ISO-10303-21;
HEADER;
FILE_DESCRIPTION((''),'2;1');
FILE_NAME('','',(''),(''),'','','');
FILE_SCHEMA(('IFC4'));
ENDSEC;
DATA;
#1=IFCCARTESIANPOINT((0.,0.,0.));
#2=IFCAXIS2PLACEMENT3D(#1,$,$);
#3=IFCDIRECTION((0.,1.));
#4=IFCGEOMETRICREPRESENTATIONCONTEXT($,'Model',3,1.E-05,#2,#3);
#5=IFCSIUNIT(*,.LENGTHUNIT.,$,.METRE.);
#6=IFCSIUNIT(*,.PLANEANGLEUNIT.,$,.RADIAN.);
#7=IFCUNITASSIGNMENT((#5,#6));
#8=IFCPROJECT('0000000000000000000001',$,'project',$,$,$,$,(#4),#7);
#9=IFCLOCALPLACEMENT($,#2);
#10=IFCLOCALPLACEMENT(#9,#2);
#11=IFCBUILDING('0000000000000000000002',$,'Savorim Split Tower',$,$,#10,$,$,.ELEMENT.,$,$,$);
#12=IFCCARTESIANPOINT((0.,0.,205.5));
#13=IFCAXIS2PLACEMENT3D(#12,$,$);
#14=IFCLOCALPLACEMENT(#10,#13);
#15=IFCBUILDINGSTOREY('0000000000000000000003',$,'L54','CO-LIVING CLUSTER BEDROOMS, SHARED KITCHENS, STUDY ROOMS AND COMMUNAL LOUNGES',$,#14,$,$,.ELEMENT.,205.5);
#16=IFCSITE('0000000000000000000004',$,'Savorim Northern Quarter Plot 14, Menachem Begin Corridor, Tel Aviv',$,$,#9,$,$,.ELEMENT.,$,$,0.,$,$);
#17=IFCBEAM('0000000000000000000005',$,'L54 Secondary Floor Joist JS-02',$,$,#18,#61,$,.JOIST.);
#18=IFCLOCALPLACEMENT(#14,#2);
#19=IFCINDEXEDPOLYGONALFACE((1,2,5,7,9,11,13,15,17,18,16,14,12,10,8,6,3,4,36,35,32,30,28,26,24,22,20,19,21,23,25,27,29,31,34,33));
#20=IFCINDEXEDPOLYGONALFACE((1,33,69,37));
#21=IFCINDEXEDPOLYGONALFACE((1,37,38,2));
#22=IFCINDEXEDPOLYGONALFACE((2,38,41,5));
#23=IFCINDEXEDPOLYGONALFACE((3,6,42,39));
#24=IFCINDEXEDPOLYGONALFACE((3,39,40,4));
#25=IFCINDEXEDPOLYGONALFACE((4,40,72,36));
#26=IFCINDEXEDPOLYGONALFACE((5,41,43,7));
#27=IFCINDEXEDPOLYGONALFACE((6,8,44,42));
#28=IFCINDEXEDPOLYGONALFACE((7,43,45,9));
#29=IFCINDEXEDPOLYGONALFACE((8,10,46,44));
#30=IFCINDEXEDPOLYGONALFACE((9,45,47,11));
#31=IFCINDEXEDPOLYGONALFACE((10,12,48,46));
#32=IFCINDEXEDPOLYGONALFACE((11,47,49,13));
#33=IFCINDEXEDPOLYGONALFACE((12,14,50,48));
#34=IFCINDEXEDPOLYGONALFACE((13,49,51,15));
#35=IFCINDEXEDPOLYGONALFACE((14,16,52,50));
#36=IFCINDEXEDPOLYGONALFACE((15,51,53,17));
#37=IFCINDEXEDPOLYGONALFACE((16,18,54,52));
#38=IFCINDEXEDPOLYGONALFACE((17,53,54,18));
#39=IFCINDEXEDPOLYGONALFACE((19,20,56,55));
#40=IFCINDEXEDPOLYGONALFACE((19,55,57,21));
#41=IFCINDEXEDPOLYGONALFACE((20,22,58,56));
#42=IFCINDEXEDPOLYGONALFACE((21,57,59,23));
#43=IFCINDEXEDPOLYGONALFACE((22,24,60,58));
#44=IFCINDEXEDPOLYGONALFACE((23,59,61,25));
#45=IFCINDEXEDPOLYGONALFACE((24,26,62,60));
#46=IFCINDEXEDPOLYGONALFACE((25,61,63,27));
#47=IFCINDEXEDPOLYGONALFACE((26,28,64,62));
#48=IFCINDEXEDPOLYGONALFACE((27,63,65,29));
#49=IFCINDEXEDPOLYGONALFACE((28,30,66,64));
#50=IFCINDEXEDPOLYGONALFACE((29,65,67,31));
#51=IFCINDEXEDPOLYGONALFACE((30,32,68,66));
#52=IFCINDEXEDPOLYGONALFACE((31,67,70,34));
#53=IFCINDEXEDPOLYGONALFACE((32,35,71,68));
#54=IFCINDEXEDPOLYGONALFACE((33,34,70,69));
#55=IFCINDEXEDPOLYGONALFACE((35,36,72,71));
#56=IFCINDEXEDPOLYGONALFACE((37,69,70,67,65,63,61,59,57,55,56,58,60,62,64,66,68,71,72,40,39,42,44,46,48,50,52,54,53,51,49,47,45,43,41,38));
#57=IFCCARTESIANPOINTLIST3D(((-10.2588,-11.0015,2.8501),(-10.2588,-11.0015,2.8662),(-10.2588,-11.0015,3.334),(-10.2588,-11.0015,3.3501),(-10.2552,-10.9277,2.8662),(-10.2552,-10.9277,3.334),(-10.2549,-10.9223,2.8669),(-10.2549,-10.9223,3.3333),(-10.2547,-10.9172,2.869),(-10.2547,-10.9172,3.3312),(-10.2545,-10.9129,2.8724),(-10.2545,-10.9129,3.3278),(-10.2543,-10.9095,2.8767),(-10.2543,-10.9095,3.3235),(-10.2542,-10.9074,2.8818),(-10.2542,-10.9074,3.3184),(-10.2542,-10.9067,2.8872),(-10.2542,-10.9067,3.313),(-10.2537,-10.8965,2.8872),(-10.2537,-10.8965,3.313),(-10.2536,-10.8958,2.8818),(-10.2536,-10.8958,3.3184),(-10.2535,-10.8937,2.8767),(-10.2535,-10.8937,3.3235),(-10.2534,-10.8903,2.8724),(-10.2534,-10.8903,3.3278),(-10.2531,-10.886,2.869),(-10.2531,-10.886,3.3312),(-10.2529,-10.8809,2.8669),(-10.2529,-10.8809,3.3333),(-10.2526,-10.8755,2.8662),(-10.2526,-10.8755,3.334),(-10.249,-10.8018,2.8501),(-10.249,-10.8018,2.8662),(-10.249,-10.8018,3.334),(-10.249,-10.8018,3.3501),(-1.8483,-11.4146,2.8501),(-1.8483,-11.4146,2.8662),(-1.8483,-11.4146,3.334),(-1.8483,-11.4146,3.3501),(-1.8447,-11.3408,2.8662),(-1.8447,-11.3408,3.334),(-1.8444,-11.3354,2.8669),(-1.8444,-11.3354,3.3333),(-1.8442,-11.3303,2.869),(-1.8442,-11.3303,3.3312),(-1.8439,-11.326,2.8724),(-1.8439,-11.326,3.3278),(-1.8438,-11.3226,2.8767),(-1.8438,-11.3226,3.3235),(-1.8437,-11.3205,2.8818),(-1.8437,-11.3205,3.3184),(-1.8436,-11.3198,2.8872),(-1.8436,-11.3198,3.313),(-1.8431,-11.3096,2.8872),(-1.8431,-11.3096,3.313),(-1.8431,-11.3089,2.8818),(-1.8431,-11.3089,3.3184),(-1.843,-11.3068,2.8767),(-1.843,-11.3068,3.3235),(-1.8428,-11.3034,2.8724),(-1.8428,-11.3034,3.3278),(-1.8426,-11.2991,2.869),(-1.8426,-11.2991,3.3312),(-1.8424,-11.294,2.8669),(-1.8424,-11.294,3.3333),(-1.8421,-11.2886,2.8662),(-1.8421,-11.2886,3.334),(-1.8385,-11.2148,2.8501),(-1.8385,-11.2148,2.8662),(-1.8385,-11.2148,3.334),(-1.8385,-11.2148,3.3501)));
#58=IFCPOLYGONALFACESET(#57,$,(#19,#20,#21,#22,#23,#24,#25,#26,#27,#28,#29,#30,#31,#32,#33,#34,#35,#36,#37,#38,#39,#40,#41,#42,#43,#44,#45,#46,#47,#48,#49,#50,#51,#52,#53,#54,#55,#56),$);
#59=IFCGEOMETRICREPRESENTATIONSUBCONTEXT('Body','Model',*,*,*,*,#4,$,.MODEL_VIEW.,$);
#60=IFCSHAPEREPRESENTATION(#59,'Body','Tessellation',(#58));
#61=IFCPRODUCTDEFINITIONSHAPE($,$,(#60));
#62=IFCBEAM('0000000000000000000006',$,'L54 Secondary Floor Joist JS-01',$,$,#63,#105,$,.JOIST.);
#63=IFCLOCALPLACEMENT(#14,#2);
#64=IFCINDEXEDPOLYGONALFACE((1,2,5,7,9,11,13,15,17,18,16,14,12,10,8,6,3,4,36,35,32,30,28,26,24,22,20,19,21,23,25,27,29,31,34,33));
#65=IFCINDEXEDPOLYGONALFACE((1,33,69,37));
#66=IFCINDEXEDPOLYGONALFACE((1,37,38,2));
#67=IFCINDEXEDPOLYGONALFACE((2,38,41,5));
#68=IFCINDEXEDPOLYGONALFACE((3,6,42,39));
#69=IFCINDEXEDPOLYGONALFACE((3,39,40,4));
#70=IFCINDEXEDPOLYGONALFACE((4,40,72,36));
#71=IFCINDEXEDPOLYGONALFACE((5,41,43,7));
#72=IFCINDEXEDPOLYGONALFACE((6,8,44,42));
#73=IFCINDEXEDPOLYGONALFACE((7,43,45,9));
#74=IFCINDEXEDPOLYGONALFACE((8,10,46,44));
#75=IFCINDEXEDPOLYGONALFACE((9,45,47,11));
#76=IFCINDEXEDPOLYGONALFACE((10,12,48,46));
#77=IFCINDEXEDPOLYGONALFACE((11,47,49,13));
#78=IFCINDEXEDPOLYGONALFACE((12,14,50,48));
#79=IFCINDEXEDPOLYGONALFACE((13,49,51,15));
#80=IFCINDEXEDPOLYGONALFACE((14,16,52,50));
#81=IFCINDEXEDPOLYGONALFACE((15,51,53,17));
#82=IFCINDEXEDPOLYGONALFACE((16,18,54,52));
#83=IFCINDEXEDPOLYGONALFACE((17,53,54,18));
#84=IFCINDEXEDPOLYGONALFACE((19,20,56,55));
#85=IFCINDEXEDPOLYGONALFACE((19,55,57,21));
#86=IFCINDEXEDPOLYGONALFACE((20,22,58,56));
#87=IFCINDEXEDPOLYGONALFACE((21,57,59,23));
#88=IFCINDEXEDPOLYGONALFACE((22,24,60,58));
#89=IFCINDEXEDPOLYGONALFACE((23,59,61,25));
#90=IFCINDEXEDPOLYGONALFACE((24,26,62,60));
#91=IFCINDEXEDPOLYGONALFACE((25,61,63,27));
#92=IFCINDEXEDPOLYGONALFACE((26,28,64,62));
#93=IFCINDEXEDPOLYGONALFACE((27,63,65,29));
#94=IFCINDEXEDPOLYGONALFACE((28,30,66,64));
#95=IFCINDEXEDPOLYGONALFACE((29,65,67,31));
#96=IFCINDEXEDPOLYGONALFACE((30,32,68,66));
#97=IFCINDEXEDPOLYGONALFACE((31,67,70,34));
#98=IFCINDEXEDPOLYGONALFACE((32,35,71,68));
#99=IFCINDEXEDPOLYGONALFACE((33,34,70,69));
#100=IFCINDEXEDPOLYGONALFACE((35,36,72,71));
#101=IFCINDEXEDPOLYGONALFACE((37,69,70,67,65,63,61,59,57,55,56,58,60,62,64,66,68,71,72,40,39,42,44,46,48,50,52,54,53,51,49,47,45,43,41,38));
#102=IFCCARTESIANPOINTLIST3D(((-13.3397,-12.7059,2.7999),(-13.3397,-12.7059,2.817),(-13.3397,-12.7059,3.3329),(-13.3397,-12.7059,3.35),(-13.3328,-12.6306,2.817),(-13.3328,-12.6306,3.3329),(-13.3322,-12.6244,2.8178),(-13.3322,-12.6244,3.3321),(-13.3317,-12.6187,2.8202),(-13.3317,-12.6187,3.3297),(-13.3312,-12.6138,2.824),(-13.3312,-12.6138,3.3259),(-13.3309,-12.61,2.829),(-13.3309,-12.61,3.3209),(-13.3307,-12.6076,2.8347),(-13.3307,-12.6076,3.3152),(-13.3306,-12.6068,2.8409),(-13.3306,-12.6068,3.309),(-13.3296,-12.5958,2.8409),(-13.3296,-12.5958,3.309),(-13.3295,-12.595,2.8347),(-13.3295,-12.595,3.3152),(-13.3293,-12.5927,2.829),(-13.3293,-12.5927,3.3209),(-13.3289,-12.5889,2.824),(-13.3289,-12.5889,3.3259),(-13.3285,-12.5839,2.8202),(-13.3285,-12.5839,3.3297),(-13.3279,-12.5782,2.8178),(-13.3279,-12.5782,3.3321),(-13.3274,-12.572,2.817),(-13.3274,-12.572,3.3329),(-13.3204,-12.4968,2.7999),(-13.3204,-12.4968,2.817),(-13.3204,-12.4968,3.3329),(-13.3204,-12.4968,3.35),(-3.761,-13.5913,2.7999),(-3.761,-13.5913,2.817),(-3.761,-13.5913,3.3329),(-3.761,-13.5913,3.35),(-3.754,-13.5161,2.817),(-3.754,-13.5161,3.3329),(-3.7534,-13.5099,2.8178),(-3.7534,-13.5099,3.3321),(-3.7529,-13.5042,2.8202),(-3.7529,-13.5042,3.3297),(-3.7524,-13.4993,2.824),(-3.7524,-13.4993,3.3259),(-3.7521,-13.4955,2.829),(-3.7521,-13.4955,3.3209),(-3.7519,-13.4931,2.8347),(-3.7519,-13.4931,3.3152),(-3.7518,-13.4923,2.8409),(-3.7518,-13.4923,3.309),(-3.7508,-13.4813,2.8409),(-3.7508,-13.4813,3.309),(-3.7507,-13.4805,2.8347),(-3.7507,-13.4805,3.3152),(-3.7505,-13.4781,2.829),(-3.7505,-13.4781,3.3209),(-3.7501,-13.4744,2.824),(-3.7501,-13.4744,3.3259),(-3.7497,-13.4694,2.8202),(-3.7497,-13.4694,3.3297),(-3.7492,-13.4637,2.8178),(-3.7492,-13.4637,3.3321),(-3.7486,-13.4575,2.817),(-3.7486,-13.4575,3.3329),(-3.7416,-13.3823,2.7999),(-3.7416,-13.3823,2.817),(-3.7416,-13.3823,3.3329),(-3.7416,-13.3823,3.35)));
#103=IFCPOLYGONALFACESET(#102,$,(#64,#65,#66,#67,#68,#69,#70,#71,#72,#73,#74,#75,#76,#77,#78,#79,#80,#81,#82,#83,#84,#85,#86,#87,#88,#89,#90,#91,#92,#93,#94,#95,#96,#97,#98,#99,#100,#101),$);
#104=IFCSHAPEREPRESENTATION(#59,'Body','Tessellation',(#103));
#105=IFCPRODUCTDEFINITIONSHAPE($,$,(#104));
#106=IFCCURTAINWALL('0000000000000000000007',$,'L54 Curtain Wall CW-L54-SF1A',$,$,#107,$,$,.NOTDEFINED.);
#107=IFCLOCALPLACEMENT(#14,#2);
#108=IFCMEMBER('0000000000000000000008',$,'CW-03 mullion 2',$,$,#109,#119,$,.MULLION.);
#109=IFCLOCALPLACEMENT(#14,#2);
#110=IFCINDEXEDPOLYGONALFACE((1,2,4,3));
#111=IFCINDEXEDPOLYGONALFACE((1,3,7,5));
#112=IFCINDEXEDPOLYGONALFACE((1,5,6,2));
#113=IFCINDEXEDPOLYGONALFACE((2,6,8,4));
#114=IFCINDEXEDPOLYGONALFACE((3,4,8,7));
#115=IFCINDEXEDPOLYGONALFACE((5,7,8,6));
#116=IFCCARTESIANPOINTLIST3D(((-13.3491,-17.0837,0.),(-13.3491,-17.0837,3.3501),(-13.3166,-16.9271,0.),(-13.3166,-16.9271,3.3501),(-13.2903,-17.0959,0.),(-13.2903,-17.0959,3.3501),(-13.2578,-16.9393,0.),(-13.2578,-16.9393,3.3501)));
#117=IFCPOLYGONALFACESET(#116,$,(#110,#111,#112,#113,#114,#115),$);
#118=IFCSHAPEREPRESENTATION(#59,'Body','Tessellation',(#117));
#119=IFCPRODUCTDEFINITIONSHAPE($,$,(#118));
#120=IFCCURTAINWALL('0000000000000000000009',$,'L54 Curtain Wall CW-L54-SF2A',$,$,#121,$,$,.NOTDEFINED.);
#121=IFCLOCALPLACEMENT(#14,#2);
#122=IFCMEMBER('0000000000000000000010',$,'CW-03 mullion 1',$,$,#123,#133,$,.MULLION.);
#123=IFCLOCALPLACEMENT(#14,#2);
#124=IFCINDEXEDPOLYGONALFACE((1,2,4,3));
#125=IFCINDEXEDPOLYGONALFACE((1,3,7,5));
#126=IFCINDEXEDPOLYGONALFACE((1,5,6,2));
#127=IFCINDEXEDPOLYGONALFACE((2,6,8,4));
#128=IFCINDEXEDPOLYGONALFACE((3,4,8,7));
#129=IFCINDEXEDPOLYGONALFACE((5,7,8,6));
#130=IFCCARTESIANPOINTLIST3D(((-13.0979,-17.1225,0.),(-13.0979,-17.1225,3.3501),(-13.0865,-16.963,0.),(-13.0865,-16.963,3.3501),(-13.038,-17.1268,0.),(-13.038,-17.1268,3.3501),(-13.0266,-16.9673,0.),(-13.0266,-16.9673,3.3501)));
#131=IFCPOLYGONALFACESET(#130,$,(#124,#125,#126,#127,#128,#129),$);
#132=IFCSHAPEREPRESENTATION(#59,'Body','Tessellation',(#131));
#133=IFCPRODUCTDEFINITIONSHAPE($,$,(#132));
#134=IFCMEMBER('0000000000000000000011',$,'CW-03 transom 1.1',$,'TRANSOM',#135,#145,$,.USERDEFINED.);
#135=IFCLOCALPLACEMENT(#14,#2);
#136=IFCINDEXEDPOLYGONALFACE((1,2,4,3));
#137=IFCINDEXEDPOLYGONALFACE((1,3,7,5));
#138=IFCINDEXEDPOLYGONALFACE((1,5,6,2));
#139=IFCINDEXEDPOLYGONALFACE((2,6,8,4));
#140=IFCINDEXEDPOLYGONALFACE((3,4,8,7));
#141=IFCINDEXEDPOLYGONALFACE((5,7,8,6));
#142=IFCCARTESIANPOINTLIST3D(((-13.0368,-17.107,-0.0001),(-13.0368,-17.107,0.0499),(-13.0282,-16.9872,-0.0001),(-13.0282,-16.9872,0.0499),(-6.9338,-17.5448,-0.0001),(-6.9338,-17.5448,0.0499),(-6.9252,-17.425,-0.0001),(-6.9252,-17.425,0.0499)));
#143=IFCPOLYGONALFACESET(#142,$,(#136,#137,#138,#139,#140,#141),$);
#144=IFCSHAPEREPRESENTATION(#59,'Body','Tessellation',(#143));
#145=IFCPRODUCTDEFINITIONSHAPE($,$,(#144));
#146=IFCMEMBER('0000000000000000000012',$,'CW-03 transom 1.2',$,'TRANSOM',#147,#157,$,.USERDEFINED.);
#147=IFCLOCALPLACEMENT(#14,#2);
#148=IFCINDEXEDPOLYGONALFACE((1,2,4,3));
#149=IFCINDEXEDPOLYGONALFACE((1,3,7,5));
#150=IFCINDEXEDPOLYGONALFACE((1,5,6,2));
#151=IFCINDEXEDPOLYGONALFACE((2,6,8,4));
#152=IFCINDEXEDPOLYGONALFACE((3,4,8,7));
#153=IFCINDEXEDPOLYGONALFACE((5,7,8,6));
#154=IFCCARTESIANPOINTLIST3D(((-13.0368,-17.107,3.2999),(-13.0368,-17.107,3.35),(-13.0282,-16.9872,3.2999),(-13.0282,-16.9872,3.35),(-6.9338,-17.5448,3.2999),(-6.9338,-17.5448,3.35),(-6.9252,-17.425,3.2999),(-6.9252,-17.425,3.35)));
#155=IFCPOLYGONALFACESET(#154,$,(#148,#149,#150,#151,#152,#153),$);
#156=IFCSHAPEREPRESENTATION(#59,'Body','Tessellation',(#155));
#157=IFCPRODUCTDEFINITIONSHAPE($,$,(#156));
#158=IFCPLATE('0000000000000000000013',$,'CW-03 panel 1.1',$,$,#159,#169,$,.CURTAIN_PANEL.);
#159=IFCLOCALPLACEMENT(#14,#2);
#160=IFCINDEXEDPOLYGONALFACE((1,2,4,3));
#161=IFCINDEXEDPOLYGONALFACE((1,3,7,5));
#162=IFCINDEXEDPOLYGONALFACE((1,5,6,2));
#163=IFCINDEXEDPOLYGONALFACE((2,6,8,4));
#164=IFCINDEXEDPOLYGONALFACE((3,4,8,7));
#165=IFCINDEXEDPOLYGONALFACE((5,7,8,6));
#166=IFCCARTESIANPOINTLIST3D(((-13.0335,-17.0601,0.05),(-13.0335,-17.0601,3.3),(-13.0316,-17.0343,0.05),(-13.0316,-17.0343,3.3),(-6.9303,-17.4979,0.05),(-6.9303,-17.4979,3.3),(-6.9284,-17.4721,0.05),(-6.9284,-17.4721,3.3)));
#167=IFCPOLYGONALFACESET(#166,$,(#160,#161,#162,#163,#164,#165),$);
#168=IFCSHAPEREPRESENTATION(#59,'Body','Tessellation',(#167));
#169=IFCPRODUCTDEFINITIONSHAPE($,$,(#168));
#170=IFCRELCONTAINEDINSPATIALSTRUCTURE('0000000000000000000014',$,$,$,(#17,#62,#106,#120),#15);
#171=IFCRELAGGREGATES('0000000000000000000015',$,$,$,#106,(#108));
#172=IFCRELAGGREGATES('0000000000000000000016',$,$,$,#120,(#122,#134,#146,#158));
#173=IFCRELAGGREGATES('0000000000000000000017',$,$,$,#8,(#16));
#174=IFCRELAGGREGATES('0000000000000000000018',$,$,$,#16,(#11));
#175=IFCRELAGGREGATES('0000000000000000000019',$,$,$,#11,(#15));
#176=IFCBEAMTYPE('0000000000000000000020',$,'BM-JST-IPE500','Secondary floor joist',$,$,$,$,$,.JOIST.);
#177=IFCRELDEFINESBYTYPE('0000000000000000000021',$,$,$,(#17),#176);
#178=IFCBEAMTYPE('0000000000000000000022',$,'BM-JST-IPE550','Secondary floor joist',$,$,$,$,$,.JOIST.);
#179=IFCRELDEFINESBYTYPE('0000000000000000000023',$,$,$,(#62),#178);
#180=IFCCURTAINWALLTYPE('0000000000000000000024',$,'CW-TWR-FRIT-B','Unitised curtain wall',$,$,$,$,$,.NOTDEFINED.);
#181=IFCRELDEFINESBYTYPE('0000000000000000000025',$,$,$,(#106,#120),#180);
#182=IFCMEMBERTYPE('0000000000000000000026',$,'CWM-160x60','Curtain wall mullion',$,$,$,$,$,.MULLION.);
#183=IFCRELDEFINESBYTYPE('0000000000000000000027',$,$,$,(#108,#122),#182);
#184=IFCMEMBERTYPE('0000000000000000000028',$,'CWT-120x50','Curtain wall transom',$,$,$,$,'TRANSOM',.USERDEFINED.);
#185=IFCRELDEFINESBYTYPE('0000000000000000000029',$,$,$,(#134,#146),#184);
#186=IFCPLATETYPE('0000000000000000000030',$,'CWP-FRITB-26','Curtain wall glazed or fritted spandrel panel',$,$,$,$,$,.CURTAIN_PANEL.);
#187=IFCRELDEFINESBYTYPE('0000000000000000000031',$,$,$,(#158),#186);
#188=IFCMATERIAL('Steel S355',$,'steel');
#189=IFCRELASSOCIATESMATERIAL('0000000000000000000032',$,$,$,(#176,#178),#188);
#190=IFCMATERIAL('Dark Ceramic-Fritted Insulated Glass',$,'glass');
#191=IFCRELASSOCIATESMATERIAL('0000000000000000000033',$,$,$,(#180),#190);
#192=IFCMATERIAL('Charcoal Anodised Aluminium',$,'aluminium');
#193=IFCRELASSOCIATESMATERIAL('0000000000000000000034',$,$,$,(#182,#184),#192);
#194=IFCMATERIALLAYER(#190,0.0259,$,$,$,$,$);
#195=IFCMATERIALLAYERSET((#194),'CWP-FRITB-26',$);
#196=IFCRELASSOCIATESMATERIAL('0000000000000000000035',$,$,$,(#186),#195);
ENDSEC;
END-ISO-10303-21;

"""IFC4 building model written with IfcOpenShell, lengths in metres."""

from ifc_helpers import new_model, si_unit, direction, frame, origin, origin_2d, place, context, subcontext, project, spatial, rectangle, i_section, extrude, material, layer, layer_set, material_profile, profile_set, type_object, element, aggregate, save


model = new_model("IFC4")

# Units and contexts
model_context = context("Model", 3, precision=1e-05, world=origin(), true_north=direction((0.0, 1.0)))
body_context = subcontext(model_context, "Body", "Model", "MODEL_VIEW")
ifc_project = project(units=[si_unit("LENGTHUNIT", "METRE"), si_unit("PLANEANGLEUNIT", "RADIAN")], contexts=[model_context])

# Site, building, storey
site_placement = place(None, origin())
site = spatial("IfcSite", under=ifc_project, at=site_placement, Name="Savorim Northern Quarter Plot 14, Menachem Begin Corridor, Tel Aviv", CompositionType="ELEMENT", RefElevation=0.0)
building_placement = place(site_placement, origin())
building = spatial("IfcBuilding", under=site, at=building_placement, Name="Savorim Split Tower", CompositionType="ELEMENT")
storey_placement = place(building_placement, frame((0.0, 0.0, 205.5)))
storey = spatial("IfcBuildingStorey", under=building, at=storey_placement, Name="L54", Description="CO-LIVING CLUSTER BEDROOMS, SHARED KITCHENS, STUDY ROOMS AND COMMUNAL LOUNGES", CompositionType="ELEMENT", Elevation=205.5)

# Beams
ifc_material_1 = material(Name="Steel S355", Category="steel")
ifc_material_profile_1 = material_profile(ifc_material_1, i_section(OverallWidth=0.2, OverallDepth=0.5, WebThickness=0.0103, FlangeThickness=0.0161, FilletRadius=0.021, at=origin_2d()), Name="IPE 500")
ifc_profile_set_1 = profile_set([ifc_material_profile_1], Name="Steel S355")
beam_type_1 = type_object("IfcBeamType", Name="BM-JST-IPE500", Description="Secondary floor joist", PredefinedType="JOIST", material=ifc_profile_set_1)
beam_1_placement = place(storey_placement, frame((-10.2539, -10.9016, 3.1001), z_axis=(0.998796, -0.049057, 0.0), x_axis=(0.049057, 0.998796, 0.0)))
element("IfcBeam", 1, at=beam_1_placement, inside=storey, type_object=beam_type_1, Name="L54 Secondary Floor Joist JS-02", PredefinedType="JOIST", context=body_context, shape_type="SweptSolid", body=[
    extrude(i_section(OverallWidth=0.2, OverallDepth=0.5, WebThickness=0.0103, FlangeThickness=0.0161, FilletRadius=0.021, at=origin_2d()), origin(), (0.0, 0.0, 1.0), 8.4207),
])
ifc_material_profile_2 = material_profile(ifc_material_1, i_section(OverallWidth=0.21, OverallDepth=0.55, WebThickness=0.011, FlangeThickness=0.0171, FilletRadius=0.0239, at=origin_2d()), Name="IPE 550")
ifc_profile_set_2 = profile_set([ifc_material_profile_2], Name="Steel S355")
beam_type_2 = type_object("IfcBeamType", Name="BM-JST-IPE550", Description="Secondary floor joist", PredefinedType="JOIST", material=ifc_profile_set_2)
beam_2_placement = place(storey_placement, frame((-13.3301, -12.6013, 3.075), z_axis=(0.995754, -0.09205, 0.0), x_axis=(0.09205, 0.995754, 0.0)))
element("IfcBeam", 2, at=beam_2_placement, inside=storey, type_object=beam_type_2, Name="L54 Secondary Floor Joist JS-01", PredefinedType="JOIST", context=body_context, shape_type="SweptSolid", body=[
    extrude(i_section(OverallWidth=0.21, OverallDepth=0.55, WebThickness=0.011, FlangeThickness=0.0171, FilletRadius=0.0239, at=origin_2d()), origin(), (0.0, 0.0, 1.0), 9.6196),
])

# Curtain wall, member
ifc_material_2 = material(Name="Dark Ceramic-Fritted Insulated Glass", Category="glass")
curtain_wall_type = type_object("IfcCurtainWallType", Name="CW-TWR-FRIT-B", Description="Unitised curtain wall", PredefinedType="NOTDEFINED", material=ifc_material_2)
curtain_wall_1_placement = place(storey_placement, origin())
curtain_wall_1 = element("IfcCurtainWall", 3, at=curtain_wall_1_placement, inside=storey, type_object=curtain_wall_type, Name="L54 Curtain Wall CW-L54-SF1A", PredefinedType="NOTDEFINED")
ifc_material_3 = material(Name="Charcoal Anodised Aluminium", Category="aluminium")
ifc_material_profile_3 = material_profile(ifc_material_3, rectangle(XDim=0.1599, YDim=0.0601, at=origin_2d()), Name="ALU-M 160x60")
ifc_profile_set_3 = profile_set([ifc_material_profile_3], Name="Charcoal Anodised Aluminium")
member_type_1 = type_object("IfcMemberType", Name="CWM-160x60", Description="Curtain wall mullion", PredefinedType="MULLION", material=ifc_profile_set_3)
member_1_placement = place(storey_placement, frame((-13.3035, -17.0115, 0.0), z_axis=(0.0, 0.0, 1.0), x_axis=(0.20321, 0.979135, 0.0)))
member_1 = element("IfcMember", 4, at=member_1_placement, type_object=member_type_1, Name="CW-03 mullion 2", PredefinedType="MULLION", context=body_context, shape_type="SweptSolid", body=[
    extrude(rectangle(XDim=0.1599, YDim=0.0601, at=origin_2d()), origin(), (0.0, 0.0, 1.0), 3.3501),
])
aggregate(curtain_wall_1, [member_1])

# Curtain wall, members, plate
curtain_wall_2_placement = place(storey_placement, origin())
curtain_wall_2 = element("IfcCurtainWall", 5, at=curtain_wall_2_placement, inside=storey, type_object=curtain_wall_type, Name="L54 Curtain Wall CW-L54-SF2A", PredefinedType="NOTDEFINED")
member_2_placement = place(storey_placement, frame((-13.0623, -17.0449, 0.0), z_axis=(0.0, 0.0, 1.0), x_axis=(0.071552, 0.997437, 0.0)))
member_2 = element("IfcMember", 6, at=member_2_placement, type_object=member_type_1, Name="CW-03 mullion 1", PredefinedType="MULLION", context=body_context, shape_type="SweptSolid", body=[
    extrude(rectangle(XDim=0.1599, YDim=0.0601, at=origin_2d()), origin(), (0.0, 0.0, 1.0), 3.3501),
])
ifc_material_profile_4 = material_profile(ifc_material_3, rectangle(XDim=0.1201, YDim=0.05, at=origin_2d()), Name="ALU-T 120x50")
ifc_profile_set_4 = profile_set([ifc_material_profile_4], Name="Charcoal Anodised Aluminium")
member_type_2 = type_object("IfcMemberType", Name="CWT-120x50", Description="Curtain wall transom", ElementType="TRANSOM", PredefinedType="USERDEFINED", material=ifc_profile_set_4)
member_3_placement = place(storey_placement, frame((-13.0325, -17.0471, 0.0249), z_axis=(0.997438, -0.071542, 0.0), x_axis=(0.071542, 0.997438, 0.0)))
member_3 = element("IfcMember", 7, at=member_3_placement, type_object=member_type_2, Name="CW-03 transom 1.1", ObjectType="TRANSOM", PredefinedType="USERDEFINED", context=body_context, shape_type="SweptSolid", body=[
    extrude(rectangle(XDim=0.1201, YDim=0.05, at=origin_2d()), origin(), (0.0, 0.0, 1.0), 6.1187),
])
member_4_placement = place(storey_placement, frame((-13.0325, -17.0471, 3.325), z_axis=(0.997438, -0.071542, 0.0), x_axis=(0.071542, 0.997438, 0.0)))
member_4 = element("IfcMember", 8, at=member_4_placement, type_object=member_type_2, Name="CW-03 transom 1.2", ObjectType="TRANSOM", PredefinedType="USERDEFINED", context=body_context, shape_type="SweptSolid", body=[
    extrude(rectangle(XDim=0.1201, YDim=0.05, at=origin_2d()), origin(), (0.0, 0.0, 1.0), 6.1187),
])
ifc_layer_1 = layer(ifc_material_2, 0.0259)
ifc_layer_set_1 = layer_set([ifc_layer_1], Name="CWP-FRITB-26")
plate_type = type_object("IfcPlateType", Name="CWP-FRITB-26", Description="Curtain wall glazed or fritted spandrel panel", PredefinedType="CURTAIN_PANEL", material=ifc_layer_set_1)
plate_placement = place(storey_placement, frame((-9.981, -17.2661, 0.05), z_axis=(0.0, 0.0, 1.0), x_axis=(0.997437, -0.071552, 0.0)))
plate = element("IfcPlate", 9, at=plate_placement, type_object=plate_type, Name="CW-03 panel 1.1", PredefinedType="CURTAIN_PANEL", context=body_context, shape_type="SweptSolid", body=[
    extrude(rectangle(XDim=6.1189, YDim=0.0259, at=origin_2d()), origin(), (0.0, 0.0, 1.0), 3.25),
])
aggregate(curtain_wall_2, [member_2, member_3, member_4, plate])

save(model, "model.ifc")
